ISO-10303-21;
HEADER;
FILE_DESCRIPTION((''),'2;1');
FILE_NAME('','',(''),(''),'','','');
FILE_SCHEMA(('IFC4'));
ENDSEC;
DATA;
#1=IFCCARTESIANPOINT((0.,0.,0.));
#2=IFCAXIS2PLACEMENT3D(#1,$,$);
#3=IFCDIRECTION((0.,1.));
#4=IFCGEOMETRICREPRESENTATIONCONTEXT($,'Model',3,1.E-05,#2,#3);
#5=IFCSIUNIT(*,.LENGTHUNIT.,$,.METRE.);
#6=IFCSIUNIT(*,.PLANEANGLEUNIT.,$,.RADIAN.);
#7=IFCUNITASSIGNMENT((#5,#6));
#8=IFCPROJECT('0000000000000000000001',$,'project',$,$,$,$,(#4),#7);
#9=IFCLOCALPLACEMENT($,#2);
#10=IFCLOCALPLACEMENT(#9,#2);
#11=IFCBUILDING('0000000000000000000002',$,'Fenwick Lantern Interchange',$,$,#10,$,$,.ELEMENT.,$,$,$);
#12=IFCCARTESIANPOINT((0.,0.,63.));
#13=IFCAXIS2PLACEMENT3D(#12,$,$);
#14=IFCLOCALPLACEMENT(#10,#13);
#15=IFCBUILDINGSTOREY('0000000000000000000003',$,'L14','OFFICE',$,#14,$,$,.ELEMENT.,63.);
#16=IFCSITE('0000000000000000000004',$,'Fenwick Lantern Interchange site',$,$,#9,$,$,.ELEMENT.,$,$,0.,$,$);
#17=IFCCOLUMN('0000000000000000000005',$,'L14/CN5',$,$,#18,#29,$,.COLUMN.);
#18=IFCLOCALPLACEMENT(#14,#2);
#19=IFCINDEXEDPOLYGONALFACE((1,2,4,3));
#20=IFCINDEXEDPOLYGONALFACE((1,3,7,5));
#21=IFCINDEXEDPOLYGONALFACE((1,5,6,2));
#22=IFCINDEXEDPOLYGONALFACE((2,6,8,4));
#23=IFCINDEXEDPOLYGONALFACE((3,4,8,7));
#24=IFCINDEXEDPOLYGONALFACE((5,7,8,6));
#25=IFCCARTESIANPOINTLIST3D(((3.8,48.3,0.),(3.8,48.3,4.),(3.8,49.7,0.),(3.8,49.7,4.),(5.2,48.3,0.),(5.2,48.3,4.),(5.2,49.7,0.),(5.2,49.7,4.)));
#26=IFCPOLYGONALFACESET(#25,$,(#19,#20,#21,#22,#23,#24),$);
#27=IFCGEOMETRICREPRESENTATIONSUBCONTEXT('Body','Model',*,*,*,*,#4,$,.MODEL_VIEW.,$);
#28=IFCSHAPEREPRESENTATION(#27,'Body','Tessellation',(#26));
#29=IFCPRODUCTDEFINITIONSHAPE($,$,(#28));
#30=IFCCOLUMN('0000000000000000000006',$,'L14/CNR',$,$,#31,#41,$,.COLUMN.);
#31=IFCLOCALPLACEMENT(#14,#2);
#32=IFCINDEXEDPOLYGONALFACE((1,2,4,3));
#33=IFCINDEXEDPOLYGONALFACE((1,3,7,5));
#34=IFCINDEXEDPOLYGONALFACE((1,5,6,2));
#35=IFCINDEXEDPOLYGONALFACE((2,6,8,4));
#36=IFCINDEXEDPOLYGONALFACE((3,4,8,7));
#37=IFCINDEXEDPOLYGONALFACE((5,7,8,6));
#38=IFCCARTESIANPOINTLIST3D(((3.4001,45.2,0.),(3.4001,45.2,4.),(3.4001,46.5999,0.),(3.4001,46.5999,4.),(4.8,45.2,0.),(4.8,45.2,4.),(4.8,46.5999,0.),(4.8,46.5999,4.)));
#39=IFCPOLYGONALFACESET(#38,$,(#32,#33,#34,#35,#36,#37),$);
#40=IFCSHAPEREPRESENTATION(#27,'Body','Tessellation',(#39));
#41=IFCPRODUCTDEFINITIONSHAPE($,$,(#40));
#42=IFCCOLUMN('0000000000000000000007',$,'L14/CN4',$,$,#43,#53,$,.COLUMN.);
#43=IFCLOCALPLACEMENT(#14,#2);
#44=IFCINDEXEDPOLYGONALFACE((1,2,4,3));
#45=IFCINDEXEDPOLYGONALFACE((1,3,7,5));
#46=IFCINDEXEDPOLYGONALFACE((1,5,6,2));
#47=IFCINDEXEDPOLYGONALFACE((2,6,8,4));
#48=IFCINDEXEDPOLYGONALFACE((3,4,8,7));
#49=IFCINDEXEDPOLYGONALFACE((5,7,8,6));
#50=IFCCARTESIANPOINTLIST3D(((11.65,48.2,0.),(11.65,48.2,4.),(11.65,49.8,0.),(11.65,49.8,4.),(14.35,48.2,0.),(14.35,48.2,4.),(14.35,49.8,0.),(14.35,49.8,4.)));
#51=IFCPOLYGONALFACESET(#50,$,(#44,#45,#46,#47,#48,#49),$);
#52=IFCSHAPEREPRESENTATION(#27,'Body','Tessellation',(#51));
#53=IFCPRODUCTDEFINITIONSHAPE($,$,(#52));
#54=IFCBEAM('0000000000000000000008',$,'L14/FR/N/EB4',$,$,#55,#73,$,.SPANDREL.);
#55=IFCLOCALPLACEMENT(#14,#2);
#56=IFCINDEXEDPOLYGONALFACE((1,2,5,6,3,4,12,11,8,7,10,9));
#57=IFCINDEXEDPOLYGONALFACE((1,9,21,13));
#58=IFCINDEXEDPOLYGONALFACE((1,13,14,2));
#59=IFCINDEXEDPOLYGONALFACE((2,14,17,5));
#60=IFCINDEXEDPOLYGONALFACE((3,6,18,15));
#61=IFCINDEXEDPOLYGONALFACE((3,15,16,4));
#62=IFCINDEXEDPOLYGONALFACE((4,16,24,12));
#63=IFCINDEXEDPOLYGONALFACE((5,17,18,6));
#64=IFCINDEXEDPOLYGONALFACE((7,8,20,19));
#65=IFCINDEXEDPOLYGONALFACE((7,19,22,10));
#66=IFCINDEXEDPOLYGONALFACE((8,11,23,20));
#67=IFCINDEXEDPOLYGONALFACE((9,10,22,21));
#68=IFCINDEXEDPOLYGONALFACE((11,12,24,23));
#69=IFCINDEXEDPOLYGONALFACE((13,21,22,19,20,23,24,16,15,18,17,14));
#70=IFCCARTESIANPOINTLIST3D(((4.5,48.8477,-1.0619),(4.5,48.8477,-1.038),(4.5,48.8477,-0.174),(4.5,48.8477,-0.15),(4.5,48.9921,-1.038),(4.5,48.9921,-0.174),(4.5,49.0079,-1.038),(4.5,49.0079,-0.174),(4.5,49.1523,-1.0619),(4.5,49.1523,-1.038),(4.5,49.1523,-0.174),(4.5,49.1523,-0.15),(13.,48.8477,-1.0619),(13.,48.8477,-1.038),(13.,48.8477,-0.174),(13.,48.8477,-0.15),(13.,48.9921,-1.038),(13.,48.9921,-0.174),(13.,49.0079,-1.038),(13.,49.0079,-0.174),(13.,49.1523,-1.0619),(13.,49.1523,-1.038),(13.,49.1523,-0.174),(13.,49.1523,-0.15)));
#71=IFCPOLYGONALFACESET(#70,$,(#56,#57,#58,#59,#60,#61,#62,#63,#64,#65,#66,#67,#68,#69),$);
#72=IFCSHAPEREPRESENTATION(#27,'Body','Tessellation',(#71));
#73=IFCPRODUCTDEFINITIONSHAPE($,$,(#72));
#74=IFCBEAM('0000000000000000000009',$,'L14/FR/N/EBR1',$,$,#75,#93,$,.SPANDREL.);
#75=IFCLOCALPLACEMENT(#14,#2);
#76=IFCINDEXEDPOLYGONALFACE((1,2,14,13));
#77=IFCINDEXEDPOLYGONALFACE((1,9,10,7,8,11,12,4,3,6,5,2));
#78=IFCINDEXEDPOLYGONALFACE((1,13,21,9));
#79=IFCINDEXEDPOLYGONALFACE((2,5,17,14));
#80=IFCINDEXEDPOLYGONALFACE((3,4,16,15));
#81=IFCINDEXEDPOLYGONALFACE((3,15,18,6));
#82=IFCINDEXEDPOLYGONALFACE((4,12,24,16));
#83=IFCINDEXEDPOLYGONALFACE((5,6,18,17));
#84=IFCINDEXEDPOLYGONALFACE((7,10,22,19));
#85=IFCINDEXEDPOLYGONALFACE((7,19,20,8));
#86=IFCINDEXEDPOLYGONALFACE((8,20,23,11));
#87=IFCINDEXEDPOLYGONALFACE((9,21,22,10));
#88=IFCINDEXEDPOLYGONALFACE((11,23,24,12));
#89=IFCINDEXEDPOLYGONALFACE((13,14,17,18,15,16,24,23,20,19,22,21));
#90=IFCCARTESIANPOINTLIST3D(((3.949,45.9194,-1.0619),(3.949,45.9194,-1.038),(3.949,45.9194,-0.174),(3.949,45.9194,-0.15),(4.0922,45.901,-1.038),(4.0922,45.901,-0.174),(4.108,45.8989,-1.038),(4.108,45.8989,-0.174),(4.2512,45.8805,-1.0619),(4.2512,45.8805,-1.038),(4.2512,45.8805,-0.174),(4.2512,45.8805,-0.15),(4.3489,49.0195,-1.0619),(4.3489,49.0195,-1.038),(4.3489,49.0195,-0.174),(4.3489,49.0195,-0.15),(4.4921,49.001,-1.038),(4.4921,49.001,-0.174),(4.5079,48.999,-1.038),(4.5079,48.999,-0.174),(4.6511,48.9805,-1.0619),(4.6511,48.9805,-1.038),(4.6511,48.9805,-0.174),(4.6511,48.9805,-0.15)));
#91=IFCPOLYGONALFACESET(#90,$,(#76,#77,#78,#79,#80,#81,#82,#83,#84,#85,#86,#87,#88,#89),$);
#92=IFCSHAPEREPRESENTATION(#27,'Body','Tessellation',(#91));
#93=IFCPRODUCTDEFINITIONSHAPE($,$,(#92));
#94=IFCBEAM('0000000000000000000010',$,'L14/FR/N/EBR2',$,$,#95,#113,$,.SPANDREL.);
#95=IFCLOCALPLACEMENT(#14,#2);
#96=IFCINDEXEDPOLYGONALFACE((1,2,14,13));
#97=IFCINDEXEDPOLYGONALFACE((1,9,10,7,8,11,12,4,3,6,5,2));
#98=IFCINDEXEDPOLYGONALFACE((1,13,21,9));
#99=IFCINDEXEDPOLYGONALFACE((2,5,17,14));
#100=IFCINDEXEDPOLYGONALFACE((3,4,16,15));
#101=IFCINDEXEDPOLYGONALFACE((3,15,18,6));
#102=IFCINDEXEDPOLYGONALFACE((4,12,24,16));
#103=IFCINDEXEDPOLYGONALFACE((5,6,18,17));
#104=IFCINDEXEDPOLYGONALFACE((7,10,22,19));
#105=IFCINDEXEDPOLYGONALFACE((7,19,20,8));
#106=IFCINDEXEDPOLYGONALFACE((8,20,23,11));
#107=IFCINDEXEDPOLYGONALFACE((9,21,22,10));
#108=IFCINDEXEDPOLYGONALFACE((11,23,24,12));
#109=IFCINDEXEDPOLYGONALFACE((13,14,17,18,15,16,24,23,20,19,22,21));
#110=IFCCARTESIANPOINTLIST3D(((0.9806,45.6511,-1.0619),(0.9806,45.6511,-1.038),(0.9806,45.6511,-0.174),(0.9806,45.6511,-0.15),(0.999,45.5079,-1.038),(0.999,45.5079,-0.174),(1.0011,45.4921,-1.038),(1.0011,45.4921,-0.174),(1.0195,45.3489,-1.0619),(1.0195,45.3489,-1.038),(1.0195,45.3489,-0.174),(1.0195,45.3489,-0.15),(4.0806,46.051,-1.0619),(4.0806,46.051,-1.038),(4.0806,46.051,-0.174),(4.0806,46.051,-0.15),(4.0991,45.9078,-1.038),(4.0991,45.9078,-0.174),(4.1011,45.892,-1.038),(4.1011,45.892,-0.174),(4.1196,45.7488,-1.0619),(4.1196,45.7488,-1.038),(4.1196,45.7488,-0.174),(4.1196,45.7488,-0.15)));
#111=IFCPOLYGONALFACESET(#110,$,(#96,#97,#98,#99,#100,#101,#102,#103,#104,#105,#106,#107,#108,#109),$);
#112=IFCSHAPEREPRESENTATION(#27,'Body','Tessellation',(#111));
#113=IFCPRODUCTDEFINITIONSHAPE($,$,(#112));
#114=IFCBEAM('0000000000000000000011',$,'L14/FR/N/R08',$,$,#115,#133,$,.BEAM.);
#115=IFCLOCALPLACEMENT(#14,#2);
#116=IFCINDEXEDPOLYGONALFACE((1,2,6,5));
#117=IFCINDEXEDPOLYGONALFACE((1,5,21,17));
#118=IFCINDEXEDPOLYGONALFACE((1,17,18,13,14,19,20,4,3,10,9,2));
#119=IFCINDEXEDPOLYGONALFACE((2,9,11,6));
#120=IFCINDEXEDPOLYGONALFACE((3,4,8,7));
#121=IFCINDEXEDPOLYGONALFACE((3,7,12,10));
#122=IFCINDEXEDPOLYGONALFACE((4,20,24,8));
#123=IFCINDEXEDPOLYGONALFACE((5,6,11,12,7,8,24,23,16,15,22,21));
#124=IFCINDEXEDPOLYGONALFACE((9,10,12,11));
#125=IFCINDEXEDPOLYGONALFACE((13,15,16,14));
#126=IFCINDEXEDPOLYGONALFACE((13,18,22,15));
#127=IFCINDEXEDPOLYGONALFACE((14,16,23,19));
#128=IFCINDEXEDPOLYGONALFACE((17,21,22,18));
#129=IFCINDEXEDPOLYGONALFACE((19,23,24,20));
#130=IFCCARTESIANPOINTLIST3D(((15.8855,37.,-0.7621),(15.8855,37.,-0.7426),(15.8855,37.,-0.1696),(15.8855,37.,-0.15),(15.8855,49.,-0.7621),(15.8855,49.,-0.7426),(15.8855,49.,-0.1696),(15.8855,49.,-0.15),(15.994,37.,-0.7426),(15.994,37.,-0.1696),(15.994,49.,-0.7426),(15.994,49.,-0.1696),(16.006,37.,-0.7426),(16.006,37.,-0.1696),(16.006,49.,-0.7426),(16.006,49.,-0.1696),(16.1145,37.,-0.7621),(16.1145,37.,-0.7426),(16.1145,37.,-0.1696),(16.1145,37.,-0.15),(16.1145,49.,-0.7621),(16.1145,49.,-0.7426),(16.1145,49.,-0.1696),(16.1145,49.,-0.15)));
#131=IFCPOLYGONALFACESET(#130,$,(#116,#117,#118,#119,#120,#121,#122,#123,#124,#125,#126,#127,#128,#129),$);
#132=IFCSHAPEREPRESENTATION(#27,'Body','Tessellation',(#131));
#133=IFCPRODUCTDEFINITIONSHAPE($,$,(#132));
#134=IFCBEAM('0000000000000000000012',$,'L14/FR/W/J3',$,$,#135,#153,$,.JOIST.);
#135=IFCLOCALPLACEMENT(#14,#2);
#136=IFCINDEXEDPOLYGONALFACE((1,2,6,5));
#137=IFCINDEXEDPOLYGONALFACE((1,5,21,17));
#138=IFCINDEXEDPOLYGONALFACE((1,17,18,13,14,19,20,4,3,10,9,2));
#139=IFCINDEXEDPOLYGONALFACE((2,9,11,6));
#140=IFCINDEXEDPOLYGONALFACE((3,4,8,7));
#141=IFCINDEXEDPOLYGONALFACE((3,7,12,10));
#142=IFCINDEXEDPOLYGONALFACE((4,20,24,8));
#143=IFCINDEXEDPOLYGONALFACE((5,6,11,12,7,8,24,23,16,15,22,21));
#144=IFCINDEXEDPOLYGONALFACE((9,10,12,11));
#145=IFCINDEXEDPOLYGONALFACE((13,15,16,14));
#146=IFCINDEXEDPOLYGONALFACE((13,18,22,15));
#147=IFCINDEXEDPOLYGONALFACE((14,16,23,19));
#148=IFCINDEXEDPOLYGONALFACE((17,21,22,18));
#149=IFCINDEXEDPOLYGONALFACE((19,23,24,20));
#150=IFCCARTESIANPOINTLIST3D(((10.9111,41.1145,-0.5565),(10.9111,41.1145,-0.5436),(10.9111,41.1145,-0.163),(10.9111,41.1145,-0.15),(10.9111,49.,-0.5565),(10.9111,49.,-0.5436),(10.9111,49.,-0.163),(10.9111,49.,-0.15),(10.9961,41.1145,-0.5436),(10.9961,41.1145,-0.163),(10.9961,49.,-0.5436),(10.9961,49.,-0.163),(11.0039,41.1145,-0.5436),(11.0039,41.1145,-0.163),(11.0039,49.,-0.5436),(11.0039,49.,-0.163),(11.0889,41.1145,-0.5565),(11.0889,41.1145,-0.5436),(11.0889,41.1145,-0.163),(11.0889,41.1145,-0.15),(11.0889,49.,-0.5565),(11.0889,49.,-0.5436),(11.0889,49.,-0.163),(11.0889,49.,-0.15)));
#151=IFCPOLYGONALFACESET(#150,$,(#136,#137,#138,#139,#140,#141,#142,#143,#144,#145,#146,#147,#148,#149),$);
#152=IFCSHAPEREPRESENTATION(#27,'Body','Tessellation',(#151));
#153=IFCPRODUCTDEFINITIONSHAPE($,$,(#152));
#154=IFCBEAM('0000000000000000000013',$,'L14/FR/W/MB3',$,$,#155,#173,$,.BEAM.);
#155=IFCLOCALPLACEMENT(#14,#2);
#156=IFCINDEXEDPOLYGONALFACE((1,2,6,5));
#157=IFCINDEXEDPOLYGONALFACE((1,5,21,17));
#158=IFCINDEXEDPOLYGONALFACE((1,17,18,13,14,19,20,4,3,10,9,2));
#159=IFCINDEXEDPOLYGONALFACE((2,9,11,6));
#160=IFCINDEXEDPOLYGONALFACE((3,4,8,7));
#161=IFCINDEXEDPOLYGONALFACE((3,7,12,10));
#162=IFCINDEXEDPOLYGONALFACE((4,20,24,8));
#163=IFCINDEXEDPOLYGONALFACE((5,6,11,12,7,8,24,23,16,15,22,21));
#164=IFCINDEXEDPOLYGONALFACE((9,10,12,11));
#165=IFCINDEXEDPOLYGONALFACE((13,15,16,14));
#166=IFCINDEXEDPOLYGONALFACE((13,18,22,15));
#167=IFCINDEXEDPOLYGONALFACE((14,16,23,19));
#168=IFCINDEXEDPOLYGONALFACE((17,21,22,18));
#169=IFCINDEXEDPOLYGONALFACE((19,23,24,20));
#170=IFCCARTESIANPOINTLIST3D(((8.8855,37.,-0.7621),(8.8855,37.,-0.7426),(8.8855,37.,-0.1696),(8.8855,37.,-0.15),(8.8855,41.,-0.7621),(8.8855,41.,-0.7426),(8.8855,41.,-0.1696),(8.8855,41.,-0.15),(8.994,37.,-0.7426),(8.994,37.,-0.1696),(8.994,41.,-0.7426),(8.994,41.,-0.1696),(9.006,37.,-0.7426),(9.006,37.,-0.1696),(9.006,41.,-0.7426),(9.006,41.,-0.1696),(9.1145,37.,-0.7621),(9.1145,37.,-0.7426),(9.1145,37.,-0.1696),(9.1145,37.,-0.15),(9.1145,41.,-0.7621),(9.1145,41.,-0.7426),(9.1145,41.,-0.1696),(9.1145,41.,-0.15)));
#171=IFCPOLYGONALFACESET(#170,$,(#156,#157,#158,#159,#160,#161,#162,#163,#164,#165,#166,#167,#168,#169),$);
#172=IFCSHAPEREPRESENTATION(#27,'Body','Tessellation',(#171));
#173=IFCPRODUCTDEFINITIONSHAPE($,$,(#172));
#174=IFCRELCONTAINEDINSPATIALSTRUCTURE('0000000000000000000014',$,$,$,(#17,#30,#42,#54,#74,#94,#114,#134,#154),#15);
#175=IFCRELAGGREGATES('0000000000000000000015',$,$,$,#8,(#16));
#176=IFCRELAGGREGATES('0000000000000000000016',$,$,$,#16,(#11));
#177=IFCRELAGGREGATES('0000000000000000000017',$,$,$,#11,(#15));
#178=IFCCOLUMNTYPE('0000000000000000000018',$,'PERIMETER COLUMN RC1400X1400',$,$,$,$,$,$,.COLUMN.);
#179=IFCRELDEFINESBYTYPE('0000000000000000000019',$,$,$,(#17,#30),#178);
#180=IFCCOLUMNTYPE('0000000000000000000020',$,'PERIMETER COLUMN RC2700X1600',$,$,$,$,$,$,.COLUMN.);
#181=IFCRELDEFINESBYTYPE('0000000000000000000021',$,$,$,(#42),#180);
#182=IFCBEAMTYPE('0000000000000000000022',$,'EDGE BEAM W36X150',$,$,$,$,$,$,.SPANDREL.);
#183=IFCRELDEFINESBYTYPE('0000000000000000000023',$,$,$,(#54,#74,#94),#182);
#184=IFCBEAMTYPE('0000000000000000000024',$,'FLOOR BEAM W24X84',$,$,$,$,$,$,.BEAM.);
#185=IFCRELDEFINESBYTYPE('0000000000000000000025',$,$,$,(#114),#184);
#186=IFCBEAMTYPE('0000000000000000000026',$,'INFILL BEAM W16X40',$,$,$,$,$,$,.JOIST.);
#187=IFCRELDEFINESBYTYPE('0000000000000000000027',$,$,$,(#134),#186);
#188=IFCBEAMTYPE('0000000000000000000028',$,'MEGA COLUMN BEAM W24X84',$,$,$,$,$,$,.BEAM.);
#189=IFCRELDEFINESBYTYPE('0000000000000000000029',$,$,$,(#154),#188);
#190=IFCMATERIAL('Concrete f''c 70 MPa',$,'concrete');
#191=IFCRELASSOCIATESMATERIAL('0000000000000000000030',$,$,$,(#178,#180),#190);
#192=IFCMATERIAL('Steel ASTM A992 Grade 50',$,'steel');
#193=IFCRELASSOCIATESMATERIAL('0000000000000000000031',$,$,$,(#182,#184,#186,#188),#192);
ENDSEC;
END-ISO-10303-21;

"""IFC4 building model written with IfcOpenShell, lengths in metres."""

from ifc_helpers import new_model, si_unit, direction, frame, origin, origin_2d, place, context, subcontext, project, spatial, rectangle, i_section, extrude, material, material_profile, profile_set, type_object, element, save


model = new_model("IFC4")

# Units and contexts
model_context = context("Model", 3, precision=1e-05, world=origin(), true_north=direction((0.0, 1.0)))
body_context = subcontext(model_context, "Body", "Model", "MODEL_VIEW")
ifc_project = project(units=[si_unit("LENGTHUNIT", "METRE"), si_unit("PLANEANGLEUNIT", "RADIAN")], contexts=[model_context])

# Site, building, storey
site_placement = place(None, origin())
site = spatial("IfcSite", under=ifc_project, at=site_placement, Name="Fenwick Lantern Interchange site", CompositionType="ELEMENT", RefElevation=0.0)
building_placement = place(site_placement, origin())
building = spatial("IfcBuilding", under=site, at=building_placement, Name="Fenwick Lantern Interchange", CompositionType="ELEMENT")
storey_placement = place(building_placement, frame((0.0, 0.0, 63.0)))
storey = spatial("IfcBuildingStorey", under=building, at=storey_placement, Name="L14", Description="OFFICE", CompositionType="ELEMENT", Elevation=63.0)

# Columns
ifc_material_1 = material(Name="Concrete f'c 70 MPa", Category="concrete")
ifc_material_profile_1 = material_profile(ifc_material_1, rectangle(XDim=1.3999, YDim=1.3999, at=origin_2d()), Name="RC1400X1400")
ifc_profile_set_1 = profile_set([ifc_material_profile_1], Name="Concrete f'c 70 MPa")
column_type_1 = type_object("IfcColumnType", Name="PERIMETER COLUMN RC1400X1400", PredefinedType="COLUMN", material=ifc_profile_set_1)
for number, where, z_axis, x_axis, name in (
    (1, (4.5, 49.0, 0.0), (0.0, 0.0, 1.0), (1.0, 0.0, 0.0), "L14/CN5"),
    (2, (4.1001, 45.8999, 0.0), (0.0, 0.0, 1.0), (1.0, 0.0, 0.0), "L14/CNR"),
):
    element("IfcColumn", number, at=place(storey_placement, frame(where, z_axis=z_axis, x_axis=x_axis)), inside=storey, type_object=column_type_1, Name=name, PredefinedType="COLUMN", context=body_context, shape_type="SweptSolid", body=[
        extrude(rectangle(XDim=1.3999, YDim=1.3999, at=origin_2d()), origin(), (0.0, 0.0, 1.0), 4.0),
    ])
ifc_material_profile_2 = material_profile(ifc_material_1, rectangle(XDim=2.7, YDim=1.6001, at=origin_2d()), Name="RC2700X1600")
ifc_profile_set_2 = profile_set([ifc_material_profile_2], Name="Concrete f'c 70 MPa")
column_type_2 = type_object("IfcColumnType", Name="PERIMETER COLUMN RC2700X1600", PredefinedType="COLUMN", material=ifc_profile_set_2)
column_placement = place(storey_placement, frame((13.0, 49.0, 0.0), z_axis=(0.0, 0.0, 1.0), x_axis=(1.0, 0.0, 0.0)))
element("IfcColumn", 3, at=column_placement, inside=storey, type_object=column_type_2, Name="L14/CN4", PredefinedType="COLUMN", context=body_context, shape_type="SweptSolid", body=[
    extrude(rectangle(XDim=2.7, YDim=1.6001, at=origin_2d()), origin(), (0.0, 0.0, 1.0), 4.0),
])

# Beams
ifc_material_2 = material(Name="Steel ASTM A992 Grade 50", Category="steel")
ifc_material_profile_3 = material_profile(ifc_material_2, i_section(OverallWidth=0.3047, OverallDepth=0.9119, WebThickness=0.0159, FlangeThickness=0.0239, at=origin_2d()), Name="W36X150")
ifc_profile_set_3 = profile_set([ifc_material_profile_3], Name="Steel ASTM A992 Grade 50")
beam_type_1 = type_object("IfcBeamType", Name="EDGE BEAM W36X150", PredefinedType="SPANDREL", material=ifc_profile_set_3)
beam_1_placement = place(storey_placement, frame((13.0, 49.0, -0.606), z_axis=(-1.0, 0.0, 0.0), x_axis=(0.0, -1.0, 0.0)))
element("IfcBeam", 4, at=beam_1_placement, inside=storey, type_object=beam_type_1, Name="L14/FR/N/EB4", PredefinedType="SPANDREL", context=body_context, shape_type="SweptSolid", body=[
    extrude(i_section(OverallWidth=0.3047, OverallDepth=0.9119, WebThickness=0.0159, FlangeThickness=0.0239, at=origin_2d()), origin(), (0.0, 0.0, 1.0), 8.5),
])
for number, where, z_axis, x_axis, name in (
    (5, (4.5, 49.0, -0.606), (-0.127937, -0.991782, 0.0), (0.991782, -0.127937, 0.0), "L14/FR/N/EBR1"),
    (6, (4.1001, 45.8999, -0.606), (-0.991782, -0.127937, 0.0), (0.127937, -0.991782, 0.0), "L14/FR/N/EBR2"),
):
    element("IfcBeam", number, at=place(storey_placement, frame(where, z_axis=z_axis, x_axis=x_axis)), inside=storey, type_object=beam_type_1, Name=name, PredefinedType="SPANDREL", context=body_context, shape_type="SweptSolid", body=[
        extrude(i_section(OverallWidth=0.3047, OverallDepth=0.9119, WebThickness=0.0159, FlangeThickness=0.0239, at=origin_2d()), origin(), (0.0, 0.0, 1.0), 3.1257),
    ])
ifc_material_profile_4 = material_profile(ifc_material_2, i_section(OverallWidth=0.229, OverallDepth=0.6121, WebThickness=0.012, FlangeThickness=0.0195, at=origin_2d()), Name="W24X84")
ifc_profile_set_4 = profile_set([ifc_material_profile_4], Name="Steel ASTM A992 Grade 50")
beam_type_2 = type_object("IfcBeamType", Name="FLOOR BEAM W24X84", PredefinedType="BEAM", material=ifc_profile_set_4)
beam_2_placement = place(storey_placement, frame((16.0, 49.0, -0.4561), z_axis=(0.0, -1.0, 0.0), x_axis=(1.0, 0.0, 0.0)))
element("IfcBeam", 7, at=beam_2_placement, inside=storey, type_object=beam_type_2, Name="L14/FR/N/R08", PredefinedType="BEAM", context=body_context, shape_type="SweptSolid", body=[
    extrude(i_section(OverallWidth=0.229, OverallDepth=0.6121, WebThickness=0.012, FlangeThickness=0.0195, at=origin_2d()), origin(), (0.0, 0.0, 1.0), 12.0),
])
ifc_material_profile_5 = material_profile(ifc_material_2, i_section(OverallWidth=0.1777, OverallDepth=0.4065, WebThickness=0.0078, FlangeThickness=0.0129, at=origin_2d()), Name="W16X40")
ifc_profile_set_5 = profile_set([ifc_material_profile_5], Name="Steel ASTM A992 Grade 50")
beam_type_3 = type_object("IfcBeamType", Name="INFILL BEAM W16X40", PredefinedType="JOIST", material=ifc_profile_set_5)
beam_3_placement = place(storey_placement, frame((11.0, 49.0, -0.3533), z_axis=(0.0, -1.0, 0.0), x_axis=(1.0, 0.0, 0.0)))
element("IfcBeam", 8, at=beam_3_placement, inside=storey, type_object=beam_type_3, Name="L14/FR/W/J3", PredefinedType="JOIST", context=body_context, shape_type="SweptSolid", body=[
    extrude(i_section(OverallWidth=0.1777, OverallDepth=0.4065, WebThickness=0.0078, FlangeThickness=0.0129, at=origin_2d()), origin(), (0.0, 0.0, 1.0), 7.8855),
])
ifc_material_profile_6 = material_profile(ifc_material_2, i_section(OverallWidth=0.229, OverallDepth=0.6121, WebThickness=0.012, FlangeThickness=0.0195, at=origin_2d()), Name="W24X84")
ifc_profile_set_6 = profile_set([ifc_material_profile_6], Name="Steel ASTM A992 Grade 50")
beam_type_4 = type_object("IfcBeamType", Name="MEGA COLUMN BEAM W24X84", PredefinedType="BEAM", material=ifc_profile_set_6)
for number, where, z_axis, x_axis, name in (
    (9, (9.0, 41.0, -0.4561), (0.0, -1.0, 0.0), (1.0, 0.0, 0.0), "L14/FR/W/MB3"),
):
    element("IfcBeam", number, at=place(storey_placement, frame(where, z_axis=z_axis, x_axis=x_axis)), inside=storey, type_object=beam_type_4, Name=name, PredefinedType="BEAM", context=body_context, shape_type="SweptSolid", body=[
        extrude(i_section(OverallWidth=0.229, OverallDepth=0.6121, WebThickness=0.012, FlangeThickness=0.0195, at=origin_2d()), origin(), (0.0, 0.0, 1.0), 4.0),
    ])

save(model, "model.ifc")
